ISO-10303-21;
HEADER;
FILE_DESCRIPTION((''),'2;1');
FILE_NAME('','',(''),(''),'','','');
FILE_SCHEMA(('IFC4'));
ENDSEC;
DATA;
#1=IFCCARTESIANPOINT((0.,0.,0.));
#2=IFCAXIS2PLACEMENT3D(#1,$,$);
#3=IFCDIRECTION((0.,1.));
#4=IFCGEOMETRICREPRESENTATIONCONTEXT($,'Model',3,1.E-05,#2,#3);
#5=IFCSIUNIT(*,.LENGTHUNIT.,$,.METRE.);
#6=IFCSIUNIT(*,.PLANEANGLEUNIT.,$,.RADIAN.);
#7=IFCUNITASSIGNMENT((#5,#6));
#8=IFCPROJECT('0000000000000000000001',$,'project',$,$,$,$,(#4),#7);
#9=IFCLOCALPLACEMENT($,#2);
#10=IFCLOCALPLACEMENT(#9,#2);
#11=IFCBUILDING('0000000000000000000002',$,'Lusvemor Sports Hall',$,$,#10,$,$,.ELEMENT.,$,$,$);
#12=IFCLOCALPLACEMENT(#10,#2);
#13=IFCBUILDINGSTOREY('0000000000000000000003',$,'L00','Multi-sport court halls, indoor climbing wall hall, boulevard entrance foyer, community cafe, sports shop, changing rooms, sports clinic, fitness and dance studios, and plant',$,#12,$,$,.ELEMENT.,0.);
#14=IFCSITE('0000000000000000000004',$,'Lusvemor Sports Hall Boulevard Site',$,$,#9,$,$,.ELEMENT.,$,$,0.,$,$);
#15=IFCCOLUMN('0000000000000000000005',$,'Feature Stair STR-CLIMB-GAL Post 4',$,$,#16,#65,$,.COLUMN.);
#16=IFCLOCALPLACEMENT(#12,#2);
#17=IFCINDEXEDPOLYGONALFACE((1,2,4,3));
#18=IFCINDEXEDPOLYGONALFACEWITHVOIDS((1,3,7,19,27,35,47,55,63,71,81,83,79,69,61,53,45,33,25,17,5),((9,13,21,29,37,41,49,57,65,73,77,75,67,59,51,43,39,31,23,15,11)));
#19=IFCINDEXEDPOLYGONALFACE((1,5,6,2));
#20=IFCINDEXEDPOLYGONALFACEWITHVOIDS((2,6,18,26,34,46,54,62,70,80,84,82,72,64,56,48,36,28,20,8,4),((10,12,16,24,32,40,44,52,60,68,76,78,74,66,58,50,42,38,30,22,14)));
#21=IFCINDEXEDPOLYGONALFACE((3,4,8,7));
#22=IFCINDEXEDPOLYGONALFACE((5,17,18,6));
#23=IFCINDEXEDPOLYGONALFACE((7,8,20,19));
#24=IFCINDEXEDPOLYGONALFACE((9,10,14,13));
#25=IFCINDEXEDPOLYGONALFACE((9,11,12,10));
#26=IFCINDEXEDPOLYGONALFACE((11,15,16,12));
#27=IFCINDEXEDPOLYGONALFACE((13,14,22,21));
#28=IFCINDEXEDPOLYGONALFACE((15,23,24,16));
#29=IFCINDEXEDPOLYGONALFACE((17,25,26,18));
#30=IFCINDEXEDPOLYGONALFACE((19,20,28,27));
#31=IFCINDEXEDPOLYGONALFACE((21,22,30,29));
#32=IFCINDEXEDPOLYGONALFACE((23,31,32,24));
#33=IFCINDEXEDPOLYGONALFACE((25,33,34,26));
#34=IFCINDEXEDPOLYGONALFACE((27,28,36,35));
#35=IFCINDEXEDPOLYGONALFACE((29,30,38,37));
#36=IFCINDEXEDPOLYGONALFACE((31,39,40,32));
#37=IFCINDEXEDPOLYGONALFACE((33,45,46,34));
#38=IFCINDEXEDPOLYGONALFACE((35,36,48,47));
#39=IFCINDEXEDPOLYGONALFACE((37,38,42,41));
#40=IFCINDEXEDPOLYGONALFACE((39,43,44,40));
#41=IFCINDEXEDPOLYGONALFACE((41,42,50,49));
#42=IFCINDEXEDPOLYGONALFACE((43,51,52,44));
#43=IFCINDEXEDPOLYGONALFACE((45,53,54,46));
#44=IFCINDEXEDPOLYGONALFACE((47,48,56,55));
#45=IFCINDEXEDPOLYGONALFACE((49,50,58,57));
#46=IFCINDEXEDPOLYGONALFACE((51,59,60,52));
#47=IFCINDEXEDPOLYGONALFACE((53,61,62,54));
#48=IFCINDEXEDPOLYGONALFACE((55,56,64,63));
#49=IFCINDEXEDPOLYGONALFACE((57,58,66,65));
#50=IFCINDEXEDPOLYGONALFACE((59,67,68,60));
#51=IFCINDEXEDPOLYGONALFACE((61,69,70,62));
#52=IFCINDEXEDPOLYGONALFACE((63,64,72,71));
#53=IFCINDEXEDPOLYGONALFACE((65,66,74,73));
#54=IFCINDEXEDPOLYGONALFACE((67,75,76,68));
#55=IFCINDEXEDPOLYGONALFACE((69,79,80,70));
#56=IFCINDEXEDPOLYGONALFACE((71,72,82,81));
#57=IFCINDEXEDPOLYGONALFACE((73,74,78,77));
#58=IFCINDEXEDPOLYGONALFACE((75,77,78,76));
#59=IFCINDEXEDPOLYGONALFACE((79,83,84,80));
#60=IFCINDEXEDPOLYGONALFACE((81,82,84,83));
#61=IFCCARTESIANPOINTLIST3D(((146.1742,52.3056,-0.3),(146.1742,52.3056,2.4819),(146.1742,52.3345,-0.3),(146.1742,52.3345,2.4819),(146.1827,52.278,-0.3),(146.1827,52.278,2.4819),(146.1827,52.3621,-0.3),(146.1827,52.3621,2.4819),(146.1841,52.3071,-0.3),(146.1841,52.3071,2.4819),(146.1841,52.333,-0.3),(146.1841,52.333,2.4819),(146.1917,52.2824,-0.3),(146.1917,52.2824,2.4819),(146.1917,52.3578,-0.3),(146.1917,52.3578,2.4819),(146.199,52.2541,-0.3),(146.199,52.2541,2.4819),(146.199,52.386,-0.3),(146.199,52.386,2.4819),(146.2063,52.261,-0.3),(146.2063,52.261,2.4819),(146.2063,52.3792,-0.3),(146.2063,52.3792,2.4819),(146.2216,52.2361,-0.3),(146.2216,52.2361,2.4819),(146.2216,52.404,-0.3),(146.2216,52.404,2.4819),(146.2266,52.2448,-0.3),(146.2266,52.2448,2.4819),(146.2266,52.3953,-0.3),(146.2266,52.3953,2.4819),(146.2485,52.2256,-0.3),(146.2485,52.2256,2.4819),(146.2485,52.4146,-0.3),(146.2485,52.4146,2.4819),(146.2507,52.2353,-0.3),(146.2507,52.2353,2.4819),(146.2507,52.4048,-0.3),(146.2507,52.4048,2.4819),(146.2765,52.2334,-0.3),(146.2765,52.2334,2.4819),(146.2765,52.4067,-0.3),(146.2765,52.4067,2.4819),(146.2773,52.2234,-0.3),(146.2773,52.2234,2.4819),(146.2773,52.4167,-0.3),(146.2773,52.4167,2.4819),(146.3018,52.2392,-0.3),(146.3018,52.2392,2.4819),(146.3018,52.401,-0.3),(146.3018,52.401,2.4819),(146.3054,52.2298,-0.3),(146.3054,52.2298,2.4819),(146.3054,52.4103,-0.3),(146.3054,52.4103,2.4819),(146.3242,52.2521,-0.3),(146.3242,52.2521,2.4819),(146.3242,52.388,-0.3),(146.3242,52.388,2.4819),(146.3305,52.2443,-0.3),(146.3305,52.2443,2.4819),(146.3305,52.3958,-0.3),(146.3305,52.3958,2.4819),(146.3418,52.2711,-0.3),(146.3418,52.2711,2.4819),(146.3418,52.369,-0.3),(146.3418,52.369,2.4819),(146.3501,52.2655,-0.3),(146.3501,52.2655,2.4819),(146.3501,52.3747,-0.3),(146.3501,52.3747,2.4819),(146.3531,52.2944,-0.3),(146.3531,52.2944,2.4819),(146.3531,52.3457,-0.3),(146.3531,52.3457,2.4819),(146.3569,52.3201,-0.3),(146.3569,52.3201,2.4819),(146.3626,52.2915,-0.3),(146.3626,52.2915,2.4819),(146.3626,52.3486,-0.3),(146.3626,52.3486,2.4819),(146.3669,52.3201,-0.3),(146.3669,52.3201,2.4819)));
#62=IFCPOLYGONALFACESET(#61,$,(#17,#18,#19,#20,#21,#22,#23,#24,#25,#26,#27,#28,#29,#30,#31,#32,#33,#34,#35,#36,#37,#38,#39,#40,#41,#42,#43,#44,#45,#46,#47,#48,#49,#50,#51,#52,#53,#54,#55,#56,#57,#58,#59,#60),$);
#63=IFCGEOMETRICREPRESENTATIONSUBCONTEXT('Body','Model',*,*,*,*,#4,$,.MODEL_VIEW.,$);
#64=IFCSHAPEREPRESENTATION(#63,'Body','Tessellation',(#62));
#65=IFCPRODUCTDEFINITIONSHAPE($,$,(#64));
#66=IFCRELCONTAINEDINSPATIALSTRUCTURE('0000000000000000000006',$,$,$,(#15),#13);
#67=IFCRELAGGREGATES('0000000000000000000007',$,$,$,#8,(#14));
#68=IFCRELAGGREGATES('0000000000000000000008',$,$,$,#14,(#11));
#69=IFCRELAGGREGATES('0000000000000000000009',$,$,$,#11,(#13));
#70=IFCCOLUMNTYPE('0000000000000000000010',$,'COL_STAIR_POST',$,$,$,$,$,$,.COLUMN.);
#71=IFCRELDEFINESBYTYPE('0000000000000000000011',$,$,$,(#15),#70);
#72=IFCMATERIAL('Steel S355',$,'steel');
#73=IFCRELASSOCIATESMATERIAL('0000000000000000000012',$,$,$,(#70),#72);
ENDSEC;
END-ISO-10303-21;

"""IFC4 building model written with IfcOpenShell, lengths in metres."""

from ifc_helpers import new_model, si_unit, direction, frame, origin, origin_2d, place, context, subcontext, project, spatial, hollow_circle, extrude, material, material_profile, profile_set, type_object, element, save


model = new_model("IFC4")

# Units and contexts
model_context = context("Model", 3, precision=1e-05, world=origin(), true_north=direction((0.0, 1.0)))
body_context = subcontext(model_context, "Body", "Model", "MODEL_VIEW")
ifc_project = project(units=[si_unit("LENGTHUNIT", "METRE"), si_unit("PLANEANGLEUNIT", "RADIAN")], contexts=[model_context])

# Site, building, storey
site_placement = place(None, origin())
site = spatial("IfcSite", under=ifc_project, at=site_placement, Name="Lusvemor Sports Hall Boulevard Site", CompositionType="ELEMENT", RefElevation=0.0)
building_placement = place(site_placement, origin())
building = spatial("IfcBuilding", under=site, at=building_placement, Name="Lusvemor Sports Hall", CompositionType="ELEMENT")
storey_placement = place(building_placement, origin())
storey = spatial("IfcBuildingStorey", under=building, at=storey_placement, Name="L00", Description="Multi-sport court halls, indoor climbing wall hall, boulevard entrance foyer, community cafe, sports shop, changing rooms, sports clinic, fitness and dance studios, and plant", CompositionType="ELEMENT", Elevation=0.0)

# Column
ifc_material_1 = material(Name="Steel S355", Category="steel")
ifc_material_profile_1 = material_profile(ifc_material_1, hollow_circle(Radius=0.0969, WallThickness=0.01, at=origin_2d()), Name="CHS193.7x10.0")
ifc_profile_set_1 = profile_set([ifc_material_profile_1], Name="Steel S355")
column_type_1 = type_object("IfcColumnType", Name="COL_STAIR_POST", PredefinedType="COLUMN", material=ifc_profile_set_1)
column_placement = place(storey_placement, frame((146.27, 52.3201, -0.3), z_axis=(0.0, 0.0, 1.0), x_axis=(1.0, 0.0, 0.0)))
element("IfcColumn", 1, at=column_placement, inside=storey, type_object=column_type_1, Name="Feature Stair STR-CLIMB-GAL Post 4", PredefinedType="COLUMN", context=body_context, shape_type="SweptSolid", body=[
    extrude(hollow_circle(Radius=0.0969, WallThickness=0.01, at=origin_2d()), origin(), (0.0, 0.0, 1.0), 2.782),
])

save(model, "model.ifc")
